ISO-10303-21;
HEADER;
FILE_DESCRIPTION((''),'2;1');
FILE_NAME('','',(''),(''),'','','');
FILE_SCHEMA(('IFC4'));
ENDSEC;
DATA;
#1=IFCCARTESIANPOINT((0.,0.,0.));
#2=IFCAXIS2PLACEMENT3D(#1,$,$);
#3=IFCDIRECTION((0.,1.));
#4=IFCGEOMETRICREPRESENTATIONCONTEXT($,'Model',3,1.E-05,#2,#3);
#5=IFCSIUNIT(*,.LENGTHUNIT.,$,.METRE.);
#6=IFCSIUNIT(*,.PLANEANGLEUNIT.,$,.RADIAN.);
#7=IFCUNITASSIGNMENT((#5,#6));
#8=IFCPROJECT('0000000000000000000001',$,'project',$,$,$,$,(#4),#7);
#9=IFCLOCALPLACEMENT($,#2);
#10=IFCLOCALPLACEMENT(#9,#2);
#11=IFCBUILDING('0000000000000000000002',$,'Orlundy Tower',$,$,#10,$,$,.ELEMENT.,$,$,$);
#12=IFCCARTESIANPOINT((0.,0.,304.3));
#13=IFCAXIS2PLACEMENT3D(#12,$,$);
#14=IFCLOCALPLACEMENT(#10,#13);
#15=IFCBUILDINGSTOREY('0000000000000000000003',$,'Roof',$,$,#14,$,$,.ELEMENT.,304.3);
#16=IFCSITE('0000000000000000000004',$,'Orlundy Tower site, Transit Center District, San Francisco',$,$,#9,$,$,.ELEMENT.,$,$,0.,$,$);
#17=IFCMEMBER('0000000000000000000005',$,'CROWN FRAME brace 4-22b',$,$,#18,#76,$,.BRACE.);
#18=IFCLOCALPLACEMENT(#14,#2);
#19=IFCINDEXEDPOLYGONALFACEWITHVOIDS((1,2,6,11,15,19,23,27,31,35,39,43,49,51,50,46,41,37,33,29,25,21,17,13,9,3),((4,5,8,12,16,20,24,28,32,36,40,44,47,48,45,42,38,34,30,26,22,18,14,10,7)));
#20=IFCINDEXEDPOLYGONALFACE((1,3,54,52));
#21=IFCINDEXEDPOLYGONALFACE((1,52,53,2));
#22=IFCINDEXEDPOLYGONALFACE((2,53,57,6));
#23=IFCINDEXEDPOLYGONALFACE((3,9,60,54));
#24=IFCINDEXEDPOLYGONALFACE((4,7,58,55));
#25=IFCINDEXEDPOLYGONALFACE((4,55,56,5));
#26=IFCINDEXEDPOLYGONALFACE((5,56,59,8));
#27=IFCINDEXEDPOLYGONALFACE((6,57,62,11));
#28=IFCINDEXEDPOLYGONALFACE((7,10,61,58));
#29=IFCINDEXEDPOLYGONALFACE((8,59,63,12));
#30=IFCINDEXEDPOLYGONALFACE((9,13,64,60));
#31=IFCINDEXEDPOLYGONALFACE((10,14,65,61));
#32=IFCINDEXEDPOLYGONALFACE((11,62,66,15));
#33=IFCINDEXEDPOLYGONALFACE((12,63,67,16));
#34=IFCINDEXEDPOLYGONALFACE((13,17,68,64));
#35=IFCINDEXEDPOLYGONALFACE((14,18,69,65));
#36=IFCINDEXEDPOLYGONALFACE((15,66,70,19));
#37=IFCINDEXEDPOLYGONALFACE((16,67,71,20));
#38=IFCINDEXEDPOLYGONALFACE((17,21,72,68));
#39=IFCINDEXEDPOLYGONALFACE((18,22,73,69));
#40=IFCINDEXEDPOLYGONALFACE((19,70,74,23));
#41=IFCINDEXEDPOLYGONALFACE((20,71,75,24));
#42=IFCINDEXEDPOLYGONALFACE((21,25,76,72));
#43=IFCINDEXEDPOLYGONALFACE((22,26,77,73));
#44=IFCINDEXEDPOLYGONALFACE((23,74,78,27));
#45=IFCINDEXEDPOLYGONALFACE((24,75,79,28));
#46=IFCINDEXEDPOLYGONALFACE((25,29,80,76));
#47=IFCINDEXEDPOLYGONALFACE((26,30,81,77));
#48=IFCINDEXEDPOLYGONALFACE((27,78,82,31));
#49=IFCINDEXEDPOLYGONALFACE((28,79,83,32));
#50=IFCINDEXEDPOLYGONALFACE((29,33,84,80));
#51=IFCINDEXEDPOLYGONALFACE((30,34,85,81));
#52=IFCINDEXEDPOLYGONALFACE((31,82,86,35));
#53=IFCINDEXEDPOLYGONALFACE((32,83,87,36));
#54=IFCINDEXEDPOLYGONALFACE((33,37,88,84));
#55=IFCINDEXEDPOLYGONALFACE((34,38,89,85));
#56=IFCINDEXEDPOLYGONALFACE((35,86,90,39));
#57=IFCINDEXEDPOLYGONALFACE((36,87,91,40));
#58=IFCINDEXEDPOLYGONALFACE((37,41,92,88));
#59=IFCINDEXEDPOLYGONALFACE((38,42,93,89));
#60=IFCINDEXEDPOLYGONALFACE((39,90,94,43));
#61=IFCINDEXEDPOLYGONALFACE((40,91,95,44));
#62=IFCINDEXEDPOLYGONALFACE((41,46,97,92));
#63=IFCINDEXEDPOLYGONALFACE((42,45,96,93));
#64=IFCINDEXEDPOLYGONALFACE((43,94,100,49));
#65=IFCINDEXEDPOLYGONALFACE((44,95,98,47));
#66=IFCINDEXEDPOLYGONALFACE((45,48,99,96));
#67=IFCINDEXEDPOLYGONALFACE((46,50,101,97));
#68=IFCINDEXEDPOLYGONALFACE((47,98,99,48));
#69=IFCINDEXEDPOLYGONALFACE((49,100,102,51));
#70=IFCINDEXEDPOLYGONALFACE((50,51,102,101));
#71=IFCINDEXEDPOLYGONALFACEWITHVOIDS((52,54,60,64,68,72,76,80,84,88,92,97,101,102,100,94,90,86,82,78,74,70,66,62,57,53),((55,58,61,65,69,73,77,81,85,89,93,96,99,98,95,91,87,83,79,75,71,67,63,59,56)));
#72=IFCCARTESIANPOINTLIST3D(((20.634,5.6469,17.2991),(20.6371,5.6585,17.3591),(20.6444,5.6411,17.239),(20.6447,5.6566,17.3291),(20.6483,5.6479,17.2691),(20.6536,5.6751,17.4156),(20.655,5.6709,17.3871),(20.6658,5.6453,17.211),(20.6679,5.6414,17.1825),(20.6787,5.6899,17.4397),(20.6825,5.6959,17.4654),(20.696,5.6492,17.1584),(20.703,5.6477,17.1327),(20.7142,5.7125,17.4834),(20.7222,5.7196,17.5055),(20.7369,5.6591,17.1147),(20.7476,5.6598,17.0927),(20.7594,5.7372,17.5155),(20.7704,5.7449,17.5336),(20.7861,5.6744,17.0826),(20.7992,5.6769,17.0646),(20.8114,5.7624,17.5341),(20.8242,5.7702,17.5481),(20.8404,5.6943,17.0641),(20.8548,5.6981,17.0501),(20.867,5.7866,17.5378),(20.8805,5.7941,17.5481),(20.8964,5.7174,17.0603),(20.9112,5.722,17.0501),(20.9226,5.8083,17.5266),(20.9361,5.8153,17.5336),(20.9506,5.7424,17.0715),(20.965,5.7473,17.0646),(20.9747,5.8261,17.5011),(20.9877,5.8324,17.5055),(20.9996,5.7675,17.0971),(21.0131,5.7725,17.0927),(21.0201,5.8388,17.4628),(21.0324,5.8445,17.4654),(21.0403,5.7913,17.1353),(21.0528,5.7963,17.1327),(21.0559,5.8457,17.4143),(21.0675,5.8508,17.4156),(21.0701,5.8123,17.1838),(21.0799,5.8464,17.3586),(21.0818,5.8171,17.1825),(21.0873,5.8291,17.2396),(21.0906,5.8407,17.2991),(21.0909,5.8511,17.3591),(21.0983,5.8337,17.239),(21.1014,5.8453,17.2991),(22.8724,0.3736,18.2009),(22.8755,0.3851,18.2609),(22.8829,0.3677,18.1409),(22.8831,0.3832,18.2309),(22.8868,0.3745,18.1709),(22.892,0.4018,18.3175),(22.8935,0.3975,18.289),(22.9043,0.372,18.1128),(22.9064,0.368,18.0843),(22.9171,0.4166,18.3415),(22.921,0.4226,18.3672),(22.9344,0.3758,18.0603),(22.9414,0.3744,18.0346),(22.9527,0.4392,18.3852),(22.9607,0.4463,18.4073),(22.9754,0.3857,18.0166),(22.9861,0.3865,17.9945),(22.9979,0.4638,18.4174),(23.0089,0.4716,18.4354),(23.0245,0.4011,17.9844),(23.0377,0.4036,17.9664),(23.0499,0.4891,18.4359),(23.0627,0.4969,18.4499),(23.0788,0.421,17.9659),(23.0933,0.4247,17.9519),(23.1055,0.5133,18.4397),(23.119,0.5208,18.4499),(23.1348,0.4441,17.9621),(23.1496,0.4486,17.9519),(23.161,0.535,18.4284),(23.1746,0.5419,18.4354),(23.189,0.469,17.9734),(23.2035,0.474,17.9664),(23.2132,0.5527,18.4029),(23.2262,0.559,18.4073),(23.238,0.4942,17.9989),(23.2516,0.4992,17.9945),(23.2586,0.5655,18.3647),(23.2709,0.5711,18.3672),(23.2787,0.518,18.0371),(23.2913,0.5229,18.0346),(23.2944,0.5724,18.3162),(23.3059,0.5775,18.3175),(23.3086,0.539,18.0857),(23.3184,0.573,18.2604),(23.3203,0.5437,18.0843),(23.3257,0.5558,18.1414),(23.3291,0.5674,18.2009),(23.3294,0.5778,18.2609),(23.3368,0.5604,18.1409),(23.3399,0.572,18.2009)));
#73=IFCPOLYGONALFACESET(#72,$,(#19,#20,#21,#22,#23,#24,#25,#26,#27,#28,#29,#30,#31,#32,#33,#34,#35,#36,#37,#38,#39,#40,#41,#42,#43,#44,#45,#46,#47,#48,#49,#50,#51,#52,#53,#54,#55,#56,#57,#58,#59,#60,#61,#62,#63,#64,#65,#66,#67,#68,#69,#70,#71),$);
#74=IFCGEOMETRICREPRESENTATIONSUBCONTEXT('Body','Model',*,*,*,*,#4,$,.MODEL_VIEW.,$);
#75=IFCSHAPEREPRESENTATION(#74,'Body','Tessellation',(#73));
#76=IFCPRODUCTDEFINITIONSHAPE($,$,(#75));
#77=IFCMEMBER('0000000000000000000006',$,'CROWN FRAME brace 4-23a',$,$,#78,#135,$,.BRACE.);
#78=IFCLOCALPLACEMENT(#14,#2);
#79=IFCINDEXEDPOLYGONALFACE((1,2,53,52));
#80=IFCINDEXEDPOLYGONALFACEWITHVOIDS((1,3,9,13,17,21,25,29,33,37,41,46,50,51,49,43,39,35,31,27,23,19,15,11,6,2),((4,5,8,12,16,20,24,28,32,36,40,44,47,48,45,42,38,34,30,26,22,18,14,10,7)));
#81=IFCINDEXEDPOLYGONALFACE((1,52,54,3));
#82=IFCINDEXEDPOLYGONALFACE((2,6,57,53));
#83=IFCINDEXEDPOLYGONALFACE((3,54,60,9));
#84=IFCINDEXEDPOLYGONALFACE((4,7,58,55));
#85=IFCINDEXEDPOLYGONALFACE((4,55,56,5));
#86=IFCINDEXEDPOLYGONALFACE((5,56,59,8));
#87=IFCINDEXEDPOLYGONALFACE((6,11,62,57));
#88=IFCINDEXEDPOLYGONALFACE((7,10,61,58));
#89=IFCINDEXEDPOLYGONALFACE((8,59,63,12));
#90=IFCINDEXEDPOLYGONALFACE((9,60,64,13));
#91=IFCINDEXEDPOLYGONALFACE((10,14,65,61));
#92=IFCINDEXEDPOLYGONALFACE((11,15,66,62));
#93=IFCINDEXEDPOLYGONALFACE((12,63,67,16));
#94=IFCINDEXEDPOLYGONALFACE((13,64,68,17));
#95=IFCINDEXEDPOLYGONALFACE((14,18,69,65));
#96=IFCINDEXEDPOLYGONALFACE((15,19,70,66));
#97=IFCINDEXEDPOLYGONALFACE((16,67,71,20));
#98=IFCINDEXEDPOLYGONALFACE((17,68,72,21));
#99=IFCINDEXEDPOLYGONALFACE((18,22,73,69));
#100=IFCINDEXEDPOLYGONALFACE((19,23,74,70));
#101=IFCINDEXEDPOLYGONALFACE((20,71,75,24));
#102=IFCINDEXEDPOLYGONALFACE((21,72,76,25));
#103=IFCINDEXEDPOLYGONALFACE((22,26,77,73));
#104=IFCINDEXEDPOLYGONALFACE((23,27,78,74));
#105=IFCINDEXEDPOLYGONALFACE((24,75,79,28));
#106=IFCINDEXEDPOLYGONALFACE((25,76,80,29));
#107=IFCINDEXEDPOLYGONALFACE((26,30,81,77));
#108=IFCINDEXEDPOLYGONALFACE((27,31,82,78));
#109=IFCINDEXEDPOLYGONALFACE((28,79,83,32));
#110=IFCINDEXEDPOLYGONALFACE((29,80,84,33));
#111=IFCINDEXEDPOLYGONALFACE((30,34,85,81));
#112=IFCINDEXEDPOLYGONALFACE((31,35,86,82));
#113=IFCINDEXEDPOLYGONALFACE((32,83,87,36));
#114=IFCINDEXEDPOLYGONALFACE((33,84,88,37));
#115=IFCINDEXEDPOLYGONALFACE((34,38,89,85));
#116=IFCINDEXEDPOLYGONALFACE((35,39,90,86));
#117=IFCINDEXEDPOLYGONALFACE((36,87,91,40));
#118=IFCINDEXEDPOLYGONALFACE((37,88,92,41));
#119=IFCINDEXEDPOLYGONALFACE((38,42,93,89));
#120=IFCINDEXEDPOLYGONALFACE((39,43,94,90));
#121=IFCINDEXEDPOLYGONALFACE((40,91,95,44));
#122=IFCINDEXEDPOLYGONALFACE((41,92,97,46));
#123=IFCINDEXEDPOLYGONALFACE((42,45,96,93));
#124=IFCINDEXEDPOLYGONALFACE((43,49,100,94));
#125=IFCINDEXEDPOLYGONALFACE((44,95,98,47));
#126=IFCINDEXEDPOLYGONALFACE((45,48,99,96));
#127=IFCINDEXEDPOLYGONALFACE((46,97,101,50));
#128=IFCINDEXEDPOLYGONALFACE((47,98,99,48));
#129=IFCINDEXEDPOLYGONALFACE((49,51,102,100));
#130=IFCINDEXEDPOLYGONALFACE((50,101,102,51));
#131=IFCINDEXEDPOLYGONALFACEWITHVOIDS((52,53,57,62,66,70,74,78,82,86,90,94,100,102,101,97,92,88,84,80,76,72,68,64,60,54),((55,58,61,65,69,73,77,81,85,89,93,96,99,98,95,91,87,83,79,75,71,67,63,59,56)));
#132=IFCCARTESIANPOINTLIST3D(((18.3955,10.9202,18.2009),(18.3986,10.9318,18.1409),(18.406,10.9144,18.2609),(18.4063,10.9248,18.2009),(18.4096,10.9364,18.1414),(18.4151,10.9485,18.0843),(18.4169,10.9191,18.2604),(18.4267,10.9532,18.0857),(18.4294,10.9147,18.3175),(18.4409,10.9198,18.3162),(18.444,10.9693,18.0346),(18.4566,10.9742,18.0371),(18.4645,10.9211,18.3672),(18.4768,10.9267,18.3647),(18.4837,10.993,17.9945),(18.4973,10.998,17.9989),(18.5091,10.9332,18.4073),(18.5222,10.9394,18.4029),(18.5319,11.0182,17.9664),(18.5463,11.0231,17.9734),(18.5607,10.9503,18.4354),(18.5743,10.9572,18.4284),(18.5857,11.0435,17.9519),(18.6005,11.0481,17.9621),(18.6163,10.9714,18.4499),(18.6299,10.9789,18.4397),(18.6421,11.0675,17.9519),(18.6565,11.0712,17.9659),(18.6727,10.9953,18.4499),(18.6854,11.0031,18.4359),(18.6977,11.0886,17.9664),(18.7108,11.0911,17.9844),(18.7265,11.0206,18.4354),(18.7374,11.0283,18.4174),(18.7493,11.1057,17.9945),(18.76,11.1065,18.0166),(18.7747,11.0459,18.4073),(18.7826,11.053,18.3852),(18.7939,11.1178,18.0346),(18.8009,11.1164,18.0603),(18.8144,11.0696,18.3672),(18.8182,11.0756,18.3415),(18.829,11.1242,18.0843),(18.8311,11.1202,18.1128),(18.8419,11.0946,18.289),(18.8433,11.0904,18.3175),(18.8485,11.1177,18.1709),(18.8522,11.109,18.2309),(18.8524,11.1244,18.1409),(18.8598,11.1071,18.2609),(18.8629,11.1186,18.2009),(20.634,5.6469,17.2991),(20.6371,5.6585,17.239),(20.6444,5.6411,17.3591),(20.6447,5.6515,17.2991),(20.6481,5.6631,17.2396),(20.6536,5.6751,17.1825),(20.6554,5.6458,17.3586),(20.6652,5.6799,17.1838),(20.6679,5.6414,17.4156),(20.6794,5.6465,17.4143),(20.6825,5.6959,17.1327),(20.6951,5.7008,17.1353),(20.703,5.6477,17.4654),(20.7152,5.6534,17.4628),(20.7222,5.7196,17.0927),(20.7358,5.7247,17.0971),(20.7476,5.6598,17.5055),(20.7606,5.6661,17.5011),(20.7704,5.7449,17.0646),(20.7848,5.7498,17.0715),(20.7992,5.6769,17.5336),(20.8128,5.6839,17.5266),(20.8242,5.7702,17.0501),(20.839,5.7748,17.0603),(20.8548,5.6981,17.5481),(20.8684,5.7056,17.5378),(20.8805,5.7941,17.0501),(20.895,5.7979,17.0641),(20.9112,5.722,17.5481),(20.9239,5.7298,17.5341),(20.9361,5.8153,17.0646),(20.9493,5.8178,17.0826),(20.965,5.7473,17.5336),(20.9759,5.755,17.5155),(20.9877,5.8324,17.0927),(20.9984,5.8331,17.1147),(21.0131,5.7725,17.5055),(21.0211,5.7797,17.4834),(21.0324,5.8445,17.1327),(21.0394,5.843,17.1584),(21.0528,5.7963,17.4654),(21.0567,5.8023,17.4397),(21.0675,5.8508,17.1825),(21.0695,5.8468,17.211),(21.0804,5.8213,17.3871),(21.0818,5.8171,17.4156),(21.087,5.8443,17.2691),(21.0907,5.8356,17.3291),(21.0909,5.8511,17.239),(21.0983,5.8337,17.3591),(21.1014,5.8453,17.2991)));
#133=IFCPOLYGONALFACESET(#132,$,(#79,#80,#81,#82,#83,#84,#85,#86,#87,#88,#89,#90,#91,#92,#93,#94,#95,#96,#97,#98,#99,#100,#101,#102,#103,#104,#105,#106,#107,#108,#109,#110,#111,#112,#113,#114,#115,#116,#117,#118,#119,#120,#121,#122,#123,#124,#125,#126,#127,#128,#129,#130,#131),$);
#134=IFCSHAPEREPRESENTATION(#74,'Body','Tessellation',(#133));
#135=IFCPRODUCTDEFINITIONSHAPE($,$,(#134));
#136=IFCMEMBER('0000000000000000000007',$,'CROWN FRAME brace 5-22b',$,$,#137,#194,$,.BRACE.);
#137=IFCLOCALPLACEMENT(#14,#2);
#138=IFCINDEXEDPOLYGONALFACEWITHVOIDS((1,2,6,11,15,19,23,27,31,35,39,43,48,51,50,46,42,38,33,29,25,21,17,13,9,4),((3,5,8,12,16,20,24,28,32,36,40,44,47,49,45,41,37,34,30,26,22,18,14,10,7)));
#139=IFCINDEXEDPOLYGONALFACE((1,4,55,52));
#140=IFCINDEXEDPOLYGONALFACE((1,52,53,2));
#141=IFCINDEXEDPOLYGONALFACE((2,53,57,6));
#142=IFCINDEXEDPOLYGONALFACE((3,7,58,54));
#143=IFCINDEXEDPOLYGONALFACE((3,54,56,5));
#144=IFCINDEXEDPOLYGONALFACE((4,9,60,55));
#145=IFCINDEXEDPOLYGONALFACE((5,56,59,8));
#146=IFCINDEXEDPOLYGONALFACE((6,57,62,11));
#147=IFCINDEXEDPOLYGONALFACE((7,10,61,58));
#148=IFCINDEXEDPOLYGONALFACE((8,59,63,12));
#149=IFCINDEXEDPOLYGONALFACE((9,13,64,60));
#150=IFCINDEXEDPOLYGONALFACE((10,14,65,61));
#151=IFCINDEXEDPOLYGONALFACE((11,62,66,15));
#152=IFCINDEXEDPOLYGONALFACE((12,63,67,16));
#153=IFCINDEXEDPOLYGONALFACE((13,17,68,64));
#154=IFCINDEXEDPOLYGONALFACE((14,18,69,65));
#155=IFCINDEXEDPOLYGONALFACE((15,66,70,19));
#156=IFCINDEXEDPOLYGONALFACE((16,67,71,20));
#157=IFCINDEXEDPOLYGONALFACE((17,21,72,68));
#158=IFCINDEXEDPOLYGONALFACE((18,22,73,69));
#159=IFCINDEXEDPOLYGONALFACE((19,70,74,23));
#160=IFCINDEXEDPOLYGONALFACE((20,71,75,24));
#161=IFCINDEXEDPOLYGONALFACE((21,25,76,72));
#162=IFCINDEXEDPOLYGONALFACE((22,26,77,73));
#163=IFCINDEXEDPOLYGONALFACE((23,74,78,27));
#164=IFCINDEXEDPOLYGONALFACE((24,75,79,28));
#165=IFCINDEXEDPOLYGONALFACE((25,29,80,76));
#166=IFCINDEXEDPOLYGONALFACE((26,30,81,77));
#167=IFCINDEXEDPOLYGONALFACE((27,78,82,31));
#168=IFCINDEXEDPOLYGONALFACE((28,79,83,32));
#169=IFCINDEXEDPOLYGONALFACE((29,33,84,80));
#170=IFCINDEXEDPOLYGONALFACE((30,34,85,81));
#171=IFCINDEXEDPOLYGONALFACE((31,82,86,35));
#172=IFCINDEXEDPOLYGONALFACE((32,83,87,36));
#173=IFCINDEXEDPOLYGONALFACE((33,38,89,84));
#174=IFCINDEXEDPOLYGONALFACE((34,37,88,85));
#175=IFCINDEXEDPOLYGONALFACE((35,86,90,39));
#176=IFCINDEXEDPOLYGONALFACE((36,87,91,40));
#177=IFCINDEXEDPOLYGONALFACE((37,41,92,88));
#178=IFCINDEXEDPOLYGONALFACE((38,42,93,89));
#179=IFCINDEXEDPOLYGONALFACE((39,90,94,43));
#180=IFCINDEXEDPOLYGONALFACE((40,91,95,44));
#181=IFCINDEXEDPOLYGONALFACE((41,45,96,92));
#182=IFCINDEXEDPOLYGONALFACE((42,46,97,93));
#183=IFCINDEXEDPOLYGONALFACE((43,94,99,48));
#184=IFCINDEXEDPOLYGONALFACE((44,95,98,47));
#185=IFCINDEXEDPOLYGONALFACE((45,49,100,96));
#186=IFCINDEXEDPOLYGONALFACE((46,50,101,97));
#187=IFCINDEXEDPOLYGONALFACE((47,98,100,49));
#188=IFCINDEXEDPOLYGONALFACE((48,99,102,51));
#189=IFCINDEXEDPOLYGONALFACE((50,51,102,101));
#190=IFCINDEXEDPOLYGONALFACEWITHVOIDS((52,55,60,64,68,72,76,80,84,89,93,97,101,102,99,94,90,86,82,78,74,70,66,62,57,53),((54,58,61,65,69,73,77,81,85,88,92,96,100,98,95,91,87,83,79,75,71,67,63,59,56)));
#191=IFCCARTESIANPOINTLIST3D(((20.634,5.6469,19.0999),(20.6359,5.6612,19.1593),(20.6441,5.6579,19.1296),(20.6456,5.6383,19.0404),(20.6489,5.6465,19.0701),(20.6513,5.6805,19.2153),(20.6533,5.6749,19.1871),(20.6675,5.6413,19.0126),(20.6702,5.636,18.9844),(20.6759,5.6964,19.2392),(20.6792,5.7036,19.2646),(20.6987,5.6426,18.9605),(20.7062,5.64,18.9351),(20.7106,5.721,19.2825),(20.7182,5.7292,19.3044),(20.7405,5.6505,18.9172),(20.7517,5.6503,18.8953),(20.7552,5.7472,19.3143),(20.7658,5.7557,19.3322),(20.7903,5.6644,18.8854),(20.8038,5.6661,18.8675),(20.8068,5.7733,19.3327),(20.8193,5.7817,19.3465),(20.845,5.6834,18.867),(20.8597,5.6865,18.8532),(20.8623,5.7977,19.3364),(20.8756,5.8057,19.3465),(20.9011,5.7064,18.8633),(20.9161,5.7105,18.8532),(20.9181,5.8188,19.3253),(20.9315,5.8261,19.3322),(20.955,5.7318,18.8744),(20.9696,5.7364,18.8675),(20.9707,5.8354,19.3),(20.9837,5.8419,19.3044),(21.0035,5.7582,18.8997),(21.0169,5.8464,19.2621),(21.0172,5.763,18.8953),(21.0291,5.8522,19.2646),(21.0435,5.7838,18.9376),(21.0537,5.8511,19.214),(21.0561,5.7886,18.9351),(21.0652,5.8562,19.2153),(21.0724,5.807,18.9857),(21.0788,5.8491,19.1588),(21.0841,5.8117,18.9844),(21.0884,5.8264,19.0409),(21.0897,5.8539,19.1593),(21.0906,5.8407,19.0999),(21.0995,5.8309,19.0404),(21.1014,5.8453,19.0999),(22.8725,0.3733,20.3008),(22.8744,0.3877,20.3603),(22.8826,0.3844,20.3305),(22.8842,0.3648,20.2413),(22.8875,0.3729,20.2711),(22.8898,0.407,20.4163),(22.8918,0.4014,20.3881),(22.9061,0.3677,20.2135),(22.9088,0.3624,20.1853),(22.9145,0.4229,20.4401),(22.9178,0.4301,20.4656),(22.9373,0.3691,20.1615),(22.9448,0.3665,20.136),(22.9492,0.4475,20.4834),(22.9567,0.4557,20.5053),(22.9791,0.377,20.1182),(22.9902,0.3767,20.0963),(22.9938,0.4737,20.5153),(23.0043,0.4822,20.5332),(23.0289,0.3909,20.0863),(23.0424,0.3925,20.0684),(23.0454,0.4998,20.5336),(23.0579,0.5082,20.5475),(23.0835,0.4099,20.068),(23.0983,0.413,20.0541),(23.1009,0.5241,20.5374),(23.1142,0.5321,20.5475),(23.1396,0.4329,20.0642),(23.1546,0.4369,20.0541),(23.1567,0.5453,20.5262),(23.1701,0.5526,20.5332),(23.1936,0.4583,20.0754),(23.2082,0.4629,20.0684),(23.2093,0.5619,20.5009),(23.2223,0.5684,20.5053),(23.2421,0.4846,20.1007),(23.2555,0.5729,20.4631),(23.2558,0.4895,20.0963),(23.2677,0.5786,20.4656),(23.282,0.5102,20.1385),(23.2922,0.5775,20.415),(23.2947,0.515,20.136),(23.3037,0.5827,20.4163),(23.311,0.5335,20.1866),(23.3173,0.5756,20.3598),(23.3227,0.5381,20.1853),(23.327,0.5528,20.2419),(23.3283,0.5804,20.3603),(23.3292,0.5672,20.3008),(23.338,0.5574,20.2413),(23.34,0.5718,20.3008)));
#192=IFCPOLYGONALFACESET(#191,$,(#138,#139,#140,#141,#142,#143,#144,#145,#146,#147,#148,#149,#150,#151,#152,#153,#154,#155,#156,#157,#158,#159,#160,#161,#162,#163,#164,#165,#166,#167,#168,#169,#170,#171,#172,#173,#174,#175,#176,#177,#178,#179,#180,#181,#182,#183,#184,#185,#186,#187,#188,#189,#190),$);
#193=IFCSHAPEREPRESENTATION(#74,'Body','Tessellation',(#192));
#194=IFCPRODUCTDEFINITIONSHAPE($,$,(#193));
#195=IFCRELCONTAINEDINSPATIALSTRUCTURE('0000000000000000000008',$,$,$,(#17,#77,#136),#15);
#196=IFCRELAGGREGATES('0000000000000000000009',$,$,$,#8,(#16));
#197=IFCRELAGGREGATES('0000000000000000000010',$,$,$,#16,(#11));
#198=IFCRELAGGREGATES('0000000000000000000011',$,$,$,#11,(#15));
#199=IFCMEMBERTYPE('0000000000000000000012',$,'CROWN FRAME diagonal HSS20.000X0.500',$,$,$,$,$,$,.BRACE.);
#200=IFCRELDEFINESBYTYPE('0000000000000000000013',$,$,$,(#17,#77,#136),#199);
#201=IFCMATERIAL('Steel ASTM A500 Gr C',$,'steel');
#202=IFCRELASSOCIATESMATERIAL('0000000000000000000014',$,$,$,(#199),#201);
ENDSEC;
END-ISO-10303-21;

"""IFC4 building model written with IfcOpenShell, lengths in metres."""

from ifc_helpers import new_model, si_unit, direction, frame, origin, origin_2d, place, context, subcontext, project, spatial, hollow_circle, extrude, material, material_profile, profile_set, type_object, element, save


model = new_model("IFC4")

# Units and contexts
model_context = context("Model", 3, precision=1e-05, world=origin(), true_north=direction((0.0, 1.0)))
body_context = subcontext(model_context, "Body", "Model", "MODEL_VIEW")
ifc_project = project(units=[si_unit("LENGTHUNIT", "METRE"), si_unit("PLANEANGLEUNIT", "RADIAN")], contexts=[model_context])

# Site, building, storey
site_placement = place(None, origin())
site = spatial("IfcSite", under=ifc_project, at=site_placement, Name="Orlundy Tower site, Transit Center District, San Francisco", CompositionType="ELEMENT", RefElevation=0.0)
building_placement = place(site_placement, origin())
building = spatial("IfcBuilding", under=site, at=building_placement, Name="Orlundy Tower", CompositionType="ELEMENT")
storey_placement = place(building_placement, frame((0.0, 0.0, 304.3)))
storey = spatial("IfcBuildingStorey", under=building, at=storey_placement, Name="Roof", CompositionType="ELEMENT", Elevation=304.3)

# Members
ifc_material_1 = material(Name="Steel ASTM A500 Gr C", Category="steel")
ifc_material_profile_1 = material_profile(ifc_material_1, hollow_circle(Radius=0.2539, WallThickness=0.0117, at=origin_2d()), Name="HSS20.000X0.500")
ifc_profile_set_1 = profile_set([ifc_material_profile_1], Name="Steel ASTM A500 Gr C")
member_type_1 = type_object("IfcMemberType", Name="CROWN FRAME diagonal HSS20.000X0.500", PredefinedType="BRACE", material=ifc_profile_set_1)
for number, where, z_axis, x_axis, name in (
    (1, (20.8677, 5.7461, 17.2991), (0.38599, -0.909301, 0.155507), (0.9205, 0.390744, 0.0), "CROWN FRAME brace 4-22b"),
    (2, (20.8677, 5.7461, 17.2991), (-0.38599, 0.909301, 0.155507), (-0.9205, -0.390744, 0.0), "CROWN FRAME brace 4-23a"),
):
    element("IfcMember", number, at=place(storey_placement, frame(where, z_axis=z_axis, x_axis=x_axis)), inside=storey, type_object=member_type_1, Name=name, PredefinedType="BRACE", context=body_context, shape_type="SweptSolid", body=[
        extrude(hollow_circle(Radius=0.2539, WallThickness=0.0117, at=origin_2d()), origin(), (0.0, 0.0, 1.0), 5.7993),
    ])
for number, where, z_axis, x_axis, name in (
    (3, (20.8677, 5.7461, 19.0999), (0.382431, -0.900918, 0.205167), (0.9205, 0.390744, 0.0), "CROWN FRAME brace 5-22b"),
):
    element("IfcMember", number, at=place(storey_placement, frame(where, z_axis=z_axis, x_axis=x_axis)), inside=storey, type_object=member_type_1, Name=name, PredefinedType="BRACE", context=body_context, shape_type="SweptSolid", body=[
        extrude(hollow_circle(Radius=0.2539, WallThickness=0.0117, at=origin_2d()), origin(), (0.0, 0.0, 1.0), 5.8535),
    ])

save(model, "model.ifc")
